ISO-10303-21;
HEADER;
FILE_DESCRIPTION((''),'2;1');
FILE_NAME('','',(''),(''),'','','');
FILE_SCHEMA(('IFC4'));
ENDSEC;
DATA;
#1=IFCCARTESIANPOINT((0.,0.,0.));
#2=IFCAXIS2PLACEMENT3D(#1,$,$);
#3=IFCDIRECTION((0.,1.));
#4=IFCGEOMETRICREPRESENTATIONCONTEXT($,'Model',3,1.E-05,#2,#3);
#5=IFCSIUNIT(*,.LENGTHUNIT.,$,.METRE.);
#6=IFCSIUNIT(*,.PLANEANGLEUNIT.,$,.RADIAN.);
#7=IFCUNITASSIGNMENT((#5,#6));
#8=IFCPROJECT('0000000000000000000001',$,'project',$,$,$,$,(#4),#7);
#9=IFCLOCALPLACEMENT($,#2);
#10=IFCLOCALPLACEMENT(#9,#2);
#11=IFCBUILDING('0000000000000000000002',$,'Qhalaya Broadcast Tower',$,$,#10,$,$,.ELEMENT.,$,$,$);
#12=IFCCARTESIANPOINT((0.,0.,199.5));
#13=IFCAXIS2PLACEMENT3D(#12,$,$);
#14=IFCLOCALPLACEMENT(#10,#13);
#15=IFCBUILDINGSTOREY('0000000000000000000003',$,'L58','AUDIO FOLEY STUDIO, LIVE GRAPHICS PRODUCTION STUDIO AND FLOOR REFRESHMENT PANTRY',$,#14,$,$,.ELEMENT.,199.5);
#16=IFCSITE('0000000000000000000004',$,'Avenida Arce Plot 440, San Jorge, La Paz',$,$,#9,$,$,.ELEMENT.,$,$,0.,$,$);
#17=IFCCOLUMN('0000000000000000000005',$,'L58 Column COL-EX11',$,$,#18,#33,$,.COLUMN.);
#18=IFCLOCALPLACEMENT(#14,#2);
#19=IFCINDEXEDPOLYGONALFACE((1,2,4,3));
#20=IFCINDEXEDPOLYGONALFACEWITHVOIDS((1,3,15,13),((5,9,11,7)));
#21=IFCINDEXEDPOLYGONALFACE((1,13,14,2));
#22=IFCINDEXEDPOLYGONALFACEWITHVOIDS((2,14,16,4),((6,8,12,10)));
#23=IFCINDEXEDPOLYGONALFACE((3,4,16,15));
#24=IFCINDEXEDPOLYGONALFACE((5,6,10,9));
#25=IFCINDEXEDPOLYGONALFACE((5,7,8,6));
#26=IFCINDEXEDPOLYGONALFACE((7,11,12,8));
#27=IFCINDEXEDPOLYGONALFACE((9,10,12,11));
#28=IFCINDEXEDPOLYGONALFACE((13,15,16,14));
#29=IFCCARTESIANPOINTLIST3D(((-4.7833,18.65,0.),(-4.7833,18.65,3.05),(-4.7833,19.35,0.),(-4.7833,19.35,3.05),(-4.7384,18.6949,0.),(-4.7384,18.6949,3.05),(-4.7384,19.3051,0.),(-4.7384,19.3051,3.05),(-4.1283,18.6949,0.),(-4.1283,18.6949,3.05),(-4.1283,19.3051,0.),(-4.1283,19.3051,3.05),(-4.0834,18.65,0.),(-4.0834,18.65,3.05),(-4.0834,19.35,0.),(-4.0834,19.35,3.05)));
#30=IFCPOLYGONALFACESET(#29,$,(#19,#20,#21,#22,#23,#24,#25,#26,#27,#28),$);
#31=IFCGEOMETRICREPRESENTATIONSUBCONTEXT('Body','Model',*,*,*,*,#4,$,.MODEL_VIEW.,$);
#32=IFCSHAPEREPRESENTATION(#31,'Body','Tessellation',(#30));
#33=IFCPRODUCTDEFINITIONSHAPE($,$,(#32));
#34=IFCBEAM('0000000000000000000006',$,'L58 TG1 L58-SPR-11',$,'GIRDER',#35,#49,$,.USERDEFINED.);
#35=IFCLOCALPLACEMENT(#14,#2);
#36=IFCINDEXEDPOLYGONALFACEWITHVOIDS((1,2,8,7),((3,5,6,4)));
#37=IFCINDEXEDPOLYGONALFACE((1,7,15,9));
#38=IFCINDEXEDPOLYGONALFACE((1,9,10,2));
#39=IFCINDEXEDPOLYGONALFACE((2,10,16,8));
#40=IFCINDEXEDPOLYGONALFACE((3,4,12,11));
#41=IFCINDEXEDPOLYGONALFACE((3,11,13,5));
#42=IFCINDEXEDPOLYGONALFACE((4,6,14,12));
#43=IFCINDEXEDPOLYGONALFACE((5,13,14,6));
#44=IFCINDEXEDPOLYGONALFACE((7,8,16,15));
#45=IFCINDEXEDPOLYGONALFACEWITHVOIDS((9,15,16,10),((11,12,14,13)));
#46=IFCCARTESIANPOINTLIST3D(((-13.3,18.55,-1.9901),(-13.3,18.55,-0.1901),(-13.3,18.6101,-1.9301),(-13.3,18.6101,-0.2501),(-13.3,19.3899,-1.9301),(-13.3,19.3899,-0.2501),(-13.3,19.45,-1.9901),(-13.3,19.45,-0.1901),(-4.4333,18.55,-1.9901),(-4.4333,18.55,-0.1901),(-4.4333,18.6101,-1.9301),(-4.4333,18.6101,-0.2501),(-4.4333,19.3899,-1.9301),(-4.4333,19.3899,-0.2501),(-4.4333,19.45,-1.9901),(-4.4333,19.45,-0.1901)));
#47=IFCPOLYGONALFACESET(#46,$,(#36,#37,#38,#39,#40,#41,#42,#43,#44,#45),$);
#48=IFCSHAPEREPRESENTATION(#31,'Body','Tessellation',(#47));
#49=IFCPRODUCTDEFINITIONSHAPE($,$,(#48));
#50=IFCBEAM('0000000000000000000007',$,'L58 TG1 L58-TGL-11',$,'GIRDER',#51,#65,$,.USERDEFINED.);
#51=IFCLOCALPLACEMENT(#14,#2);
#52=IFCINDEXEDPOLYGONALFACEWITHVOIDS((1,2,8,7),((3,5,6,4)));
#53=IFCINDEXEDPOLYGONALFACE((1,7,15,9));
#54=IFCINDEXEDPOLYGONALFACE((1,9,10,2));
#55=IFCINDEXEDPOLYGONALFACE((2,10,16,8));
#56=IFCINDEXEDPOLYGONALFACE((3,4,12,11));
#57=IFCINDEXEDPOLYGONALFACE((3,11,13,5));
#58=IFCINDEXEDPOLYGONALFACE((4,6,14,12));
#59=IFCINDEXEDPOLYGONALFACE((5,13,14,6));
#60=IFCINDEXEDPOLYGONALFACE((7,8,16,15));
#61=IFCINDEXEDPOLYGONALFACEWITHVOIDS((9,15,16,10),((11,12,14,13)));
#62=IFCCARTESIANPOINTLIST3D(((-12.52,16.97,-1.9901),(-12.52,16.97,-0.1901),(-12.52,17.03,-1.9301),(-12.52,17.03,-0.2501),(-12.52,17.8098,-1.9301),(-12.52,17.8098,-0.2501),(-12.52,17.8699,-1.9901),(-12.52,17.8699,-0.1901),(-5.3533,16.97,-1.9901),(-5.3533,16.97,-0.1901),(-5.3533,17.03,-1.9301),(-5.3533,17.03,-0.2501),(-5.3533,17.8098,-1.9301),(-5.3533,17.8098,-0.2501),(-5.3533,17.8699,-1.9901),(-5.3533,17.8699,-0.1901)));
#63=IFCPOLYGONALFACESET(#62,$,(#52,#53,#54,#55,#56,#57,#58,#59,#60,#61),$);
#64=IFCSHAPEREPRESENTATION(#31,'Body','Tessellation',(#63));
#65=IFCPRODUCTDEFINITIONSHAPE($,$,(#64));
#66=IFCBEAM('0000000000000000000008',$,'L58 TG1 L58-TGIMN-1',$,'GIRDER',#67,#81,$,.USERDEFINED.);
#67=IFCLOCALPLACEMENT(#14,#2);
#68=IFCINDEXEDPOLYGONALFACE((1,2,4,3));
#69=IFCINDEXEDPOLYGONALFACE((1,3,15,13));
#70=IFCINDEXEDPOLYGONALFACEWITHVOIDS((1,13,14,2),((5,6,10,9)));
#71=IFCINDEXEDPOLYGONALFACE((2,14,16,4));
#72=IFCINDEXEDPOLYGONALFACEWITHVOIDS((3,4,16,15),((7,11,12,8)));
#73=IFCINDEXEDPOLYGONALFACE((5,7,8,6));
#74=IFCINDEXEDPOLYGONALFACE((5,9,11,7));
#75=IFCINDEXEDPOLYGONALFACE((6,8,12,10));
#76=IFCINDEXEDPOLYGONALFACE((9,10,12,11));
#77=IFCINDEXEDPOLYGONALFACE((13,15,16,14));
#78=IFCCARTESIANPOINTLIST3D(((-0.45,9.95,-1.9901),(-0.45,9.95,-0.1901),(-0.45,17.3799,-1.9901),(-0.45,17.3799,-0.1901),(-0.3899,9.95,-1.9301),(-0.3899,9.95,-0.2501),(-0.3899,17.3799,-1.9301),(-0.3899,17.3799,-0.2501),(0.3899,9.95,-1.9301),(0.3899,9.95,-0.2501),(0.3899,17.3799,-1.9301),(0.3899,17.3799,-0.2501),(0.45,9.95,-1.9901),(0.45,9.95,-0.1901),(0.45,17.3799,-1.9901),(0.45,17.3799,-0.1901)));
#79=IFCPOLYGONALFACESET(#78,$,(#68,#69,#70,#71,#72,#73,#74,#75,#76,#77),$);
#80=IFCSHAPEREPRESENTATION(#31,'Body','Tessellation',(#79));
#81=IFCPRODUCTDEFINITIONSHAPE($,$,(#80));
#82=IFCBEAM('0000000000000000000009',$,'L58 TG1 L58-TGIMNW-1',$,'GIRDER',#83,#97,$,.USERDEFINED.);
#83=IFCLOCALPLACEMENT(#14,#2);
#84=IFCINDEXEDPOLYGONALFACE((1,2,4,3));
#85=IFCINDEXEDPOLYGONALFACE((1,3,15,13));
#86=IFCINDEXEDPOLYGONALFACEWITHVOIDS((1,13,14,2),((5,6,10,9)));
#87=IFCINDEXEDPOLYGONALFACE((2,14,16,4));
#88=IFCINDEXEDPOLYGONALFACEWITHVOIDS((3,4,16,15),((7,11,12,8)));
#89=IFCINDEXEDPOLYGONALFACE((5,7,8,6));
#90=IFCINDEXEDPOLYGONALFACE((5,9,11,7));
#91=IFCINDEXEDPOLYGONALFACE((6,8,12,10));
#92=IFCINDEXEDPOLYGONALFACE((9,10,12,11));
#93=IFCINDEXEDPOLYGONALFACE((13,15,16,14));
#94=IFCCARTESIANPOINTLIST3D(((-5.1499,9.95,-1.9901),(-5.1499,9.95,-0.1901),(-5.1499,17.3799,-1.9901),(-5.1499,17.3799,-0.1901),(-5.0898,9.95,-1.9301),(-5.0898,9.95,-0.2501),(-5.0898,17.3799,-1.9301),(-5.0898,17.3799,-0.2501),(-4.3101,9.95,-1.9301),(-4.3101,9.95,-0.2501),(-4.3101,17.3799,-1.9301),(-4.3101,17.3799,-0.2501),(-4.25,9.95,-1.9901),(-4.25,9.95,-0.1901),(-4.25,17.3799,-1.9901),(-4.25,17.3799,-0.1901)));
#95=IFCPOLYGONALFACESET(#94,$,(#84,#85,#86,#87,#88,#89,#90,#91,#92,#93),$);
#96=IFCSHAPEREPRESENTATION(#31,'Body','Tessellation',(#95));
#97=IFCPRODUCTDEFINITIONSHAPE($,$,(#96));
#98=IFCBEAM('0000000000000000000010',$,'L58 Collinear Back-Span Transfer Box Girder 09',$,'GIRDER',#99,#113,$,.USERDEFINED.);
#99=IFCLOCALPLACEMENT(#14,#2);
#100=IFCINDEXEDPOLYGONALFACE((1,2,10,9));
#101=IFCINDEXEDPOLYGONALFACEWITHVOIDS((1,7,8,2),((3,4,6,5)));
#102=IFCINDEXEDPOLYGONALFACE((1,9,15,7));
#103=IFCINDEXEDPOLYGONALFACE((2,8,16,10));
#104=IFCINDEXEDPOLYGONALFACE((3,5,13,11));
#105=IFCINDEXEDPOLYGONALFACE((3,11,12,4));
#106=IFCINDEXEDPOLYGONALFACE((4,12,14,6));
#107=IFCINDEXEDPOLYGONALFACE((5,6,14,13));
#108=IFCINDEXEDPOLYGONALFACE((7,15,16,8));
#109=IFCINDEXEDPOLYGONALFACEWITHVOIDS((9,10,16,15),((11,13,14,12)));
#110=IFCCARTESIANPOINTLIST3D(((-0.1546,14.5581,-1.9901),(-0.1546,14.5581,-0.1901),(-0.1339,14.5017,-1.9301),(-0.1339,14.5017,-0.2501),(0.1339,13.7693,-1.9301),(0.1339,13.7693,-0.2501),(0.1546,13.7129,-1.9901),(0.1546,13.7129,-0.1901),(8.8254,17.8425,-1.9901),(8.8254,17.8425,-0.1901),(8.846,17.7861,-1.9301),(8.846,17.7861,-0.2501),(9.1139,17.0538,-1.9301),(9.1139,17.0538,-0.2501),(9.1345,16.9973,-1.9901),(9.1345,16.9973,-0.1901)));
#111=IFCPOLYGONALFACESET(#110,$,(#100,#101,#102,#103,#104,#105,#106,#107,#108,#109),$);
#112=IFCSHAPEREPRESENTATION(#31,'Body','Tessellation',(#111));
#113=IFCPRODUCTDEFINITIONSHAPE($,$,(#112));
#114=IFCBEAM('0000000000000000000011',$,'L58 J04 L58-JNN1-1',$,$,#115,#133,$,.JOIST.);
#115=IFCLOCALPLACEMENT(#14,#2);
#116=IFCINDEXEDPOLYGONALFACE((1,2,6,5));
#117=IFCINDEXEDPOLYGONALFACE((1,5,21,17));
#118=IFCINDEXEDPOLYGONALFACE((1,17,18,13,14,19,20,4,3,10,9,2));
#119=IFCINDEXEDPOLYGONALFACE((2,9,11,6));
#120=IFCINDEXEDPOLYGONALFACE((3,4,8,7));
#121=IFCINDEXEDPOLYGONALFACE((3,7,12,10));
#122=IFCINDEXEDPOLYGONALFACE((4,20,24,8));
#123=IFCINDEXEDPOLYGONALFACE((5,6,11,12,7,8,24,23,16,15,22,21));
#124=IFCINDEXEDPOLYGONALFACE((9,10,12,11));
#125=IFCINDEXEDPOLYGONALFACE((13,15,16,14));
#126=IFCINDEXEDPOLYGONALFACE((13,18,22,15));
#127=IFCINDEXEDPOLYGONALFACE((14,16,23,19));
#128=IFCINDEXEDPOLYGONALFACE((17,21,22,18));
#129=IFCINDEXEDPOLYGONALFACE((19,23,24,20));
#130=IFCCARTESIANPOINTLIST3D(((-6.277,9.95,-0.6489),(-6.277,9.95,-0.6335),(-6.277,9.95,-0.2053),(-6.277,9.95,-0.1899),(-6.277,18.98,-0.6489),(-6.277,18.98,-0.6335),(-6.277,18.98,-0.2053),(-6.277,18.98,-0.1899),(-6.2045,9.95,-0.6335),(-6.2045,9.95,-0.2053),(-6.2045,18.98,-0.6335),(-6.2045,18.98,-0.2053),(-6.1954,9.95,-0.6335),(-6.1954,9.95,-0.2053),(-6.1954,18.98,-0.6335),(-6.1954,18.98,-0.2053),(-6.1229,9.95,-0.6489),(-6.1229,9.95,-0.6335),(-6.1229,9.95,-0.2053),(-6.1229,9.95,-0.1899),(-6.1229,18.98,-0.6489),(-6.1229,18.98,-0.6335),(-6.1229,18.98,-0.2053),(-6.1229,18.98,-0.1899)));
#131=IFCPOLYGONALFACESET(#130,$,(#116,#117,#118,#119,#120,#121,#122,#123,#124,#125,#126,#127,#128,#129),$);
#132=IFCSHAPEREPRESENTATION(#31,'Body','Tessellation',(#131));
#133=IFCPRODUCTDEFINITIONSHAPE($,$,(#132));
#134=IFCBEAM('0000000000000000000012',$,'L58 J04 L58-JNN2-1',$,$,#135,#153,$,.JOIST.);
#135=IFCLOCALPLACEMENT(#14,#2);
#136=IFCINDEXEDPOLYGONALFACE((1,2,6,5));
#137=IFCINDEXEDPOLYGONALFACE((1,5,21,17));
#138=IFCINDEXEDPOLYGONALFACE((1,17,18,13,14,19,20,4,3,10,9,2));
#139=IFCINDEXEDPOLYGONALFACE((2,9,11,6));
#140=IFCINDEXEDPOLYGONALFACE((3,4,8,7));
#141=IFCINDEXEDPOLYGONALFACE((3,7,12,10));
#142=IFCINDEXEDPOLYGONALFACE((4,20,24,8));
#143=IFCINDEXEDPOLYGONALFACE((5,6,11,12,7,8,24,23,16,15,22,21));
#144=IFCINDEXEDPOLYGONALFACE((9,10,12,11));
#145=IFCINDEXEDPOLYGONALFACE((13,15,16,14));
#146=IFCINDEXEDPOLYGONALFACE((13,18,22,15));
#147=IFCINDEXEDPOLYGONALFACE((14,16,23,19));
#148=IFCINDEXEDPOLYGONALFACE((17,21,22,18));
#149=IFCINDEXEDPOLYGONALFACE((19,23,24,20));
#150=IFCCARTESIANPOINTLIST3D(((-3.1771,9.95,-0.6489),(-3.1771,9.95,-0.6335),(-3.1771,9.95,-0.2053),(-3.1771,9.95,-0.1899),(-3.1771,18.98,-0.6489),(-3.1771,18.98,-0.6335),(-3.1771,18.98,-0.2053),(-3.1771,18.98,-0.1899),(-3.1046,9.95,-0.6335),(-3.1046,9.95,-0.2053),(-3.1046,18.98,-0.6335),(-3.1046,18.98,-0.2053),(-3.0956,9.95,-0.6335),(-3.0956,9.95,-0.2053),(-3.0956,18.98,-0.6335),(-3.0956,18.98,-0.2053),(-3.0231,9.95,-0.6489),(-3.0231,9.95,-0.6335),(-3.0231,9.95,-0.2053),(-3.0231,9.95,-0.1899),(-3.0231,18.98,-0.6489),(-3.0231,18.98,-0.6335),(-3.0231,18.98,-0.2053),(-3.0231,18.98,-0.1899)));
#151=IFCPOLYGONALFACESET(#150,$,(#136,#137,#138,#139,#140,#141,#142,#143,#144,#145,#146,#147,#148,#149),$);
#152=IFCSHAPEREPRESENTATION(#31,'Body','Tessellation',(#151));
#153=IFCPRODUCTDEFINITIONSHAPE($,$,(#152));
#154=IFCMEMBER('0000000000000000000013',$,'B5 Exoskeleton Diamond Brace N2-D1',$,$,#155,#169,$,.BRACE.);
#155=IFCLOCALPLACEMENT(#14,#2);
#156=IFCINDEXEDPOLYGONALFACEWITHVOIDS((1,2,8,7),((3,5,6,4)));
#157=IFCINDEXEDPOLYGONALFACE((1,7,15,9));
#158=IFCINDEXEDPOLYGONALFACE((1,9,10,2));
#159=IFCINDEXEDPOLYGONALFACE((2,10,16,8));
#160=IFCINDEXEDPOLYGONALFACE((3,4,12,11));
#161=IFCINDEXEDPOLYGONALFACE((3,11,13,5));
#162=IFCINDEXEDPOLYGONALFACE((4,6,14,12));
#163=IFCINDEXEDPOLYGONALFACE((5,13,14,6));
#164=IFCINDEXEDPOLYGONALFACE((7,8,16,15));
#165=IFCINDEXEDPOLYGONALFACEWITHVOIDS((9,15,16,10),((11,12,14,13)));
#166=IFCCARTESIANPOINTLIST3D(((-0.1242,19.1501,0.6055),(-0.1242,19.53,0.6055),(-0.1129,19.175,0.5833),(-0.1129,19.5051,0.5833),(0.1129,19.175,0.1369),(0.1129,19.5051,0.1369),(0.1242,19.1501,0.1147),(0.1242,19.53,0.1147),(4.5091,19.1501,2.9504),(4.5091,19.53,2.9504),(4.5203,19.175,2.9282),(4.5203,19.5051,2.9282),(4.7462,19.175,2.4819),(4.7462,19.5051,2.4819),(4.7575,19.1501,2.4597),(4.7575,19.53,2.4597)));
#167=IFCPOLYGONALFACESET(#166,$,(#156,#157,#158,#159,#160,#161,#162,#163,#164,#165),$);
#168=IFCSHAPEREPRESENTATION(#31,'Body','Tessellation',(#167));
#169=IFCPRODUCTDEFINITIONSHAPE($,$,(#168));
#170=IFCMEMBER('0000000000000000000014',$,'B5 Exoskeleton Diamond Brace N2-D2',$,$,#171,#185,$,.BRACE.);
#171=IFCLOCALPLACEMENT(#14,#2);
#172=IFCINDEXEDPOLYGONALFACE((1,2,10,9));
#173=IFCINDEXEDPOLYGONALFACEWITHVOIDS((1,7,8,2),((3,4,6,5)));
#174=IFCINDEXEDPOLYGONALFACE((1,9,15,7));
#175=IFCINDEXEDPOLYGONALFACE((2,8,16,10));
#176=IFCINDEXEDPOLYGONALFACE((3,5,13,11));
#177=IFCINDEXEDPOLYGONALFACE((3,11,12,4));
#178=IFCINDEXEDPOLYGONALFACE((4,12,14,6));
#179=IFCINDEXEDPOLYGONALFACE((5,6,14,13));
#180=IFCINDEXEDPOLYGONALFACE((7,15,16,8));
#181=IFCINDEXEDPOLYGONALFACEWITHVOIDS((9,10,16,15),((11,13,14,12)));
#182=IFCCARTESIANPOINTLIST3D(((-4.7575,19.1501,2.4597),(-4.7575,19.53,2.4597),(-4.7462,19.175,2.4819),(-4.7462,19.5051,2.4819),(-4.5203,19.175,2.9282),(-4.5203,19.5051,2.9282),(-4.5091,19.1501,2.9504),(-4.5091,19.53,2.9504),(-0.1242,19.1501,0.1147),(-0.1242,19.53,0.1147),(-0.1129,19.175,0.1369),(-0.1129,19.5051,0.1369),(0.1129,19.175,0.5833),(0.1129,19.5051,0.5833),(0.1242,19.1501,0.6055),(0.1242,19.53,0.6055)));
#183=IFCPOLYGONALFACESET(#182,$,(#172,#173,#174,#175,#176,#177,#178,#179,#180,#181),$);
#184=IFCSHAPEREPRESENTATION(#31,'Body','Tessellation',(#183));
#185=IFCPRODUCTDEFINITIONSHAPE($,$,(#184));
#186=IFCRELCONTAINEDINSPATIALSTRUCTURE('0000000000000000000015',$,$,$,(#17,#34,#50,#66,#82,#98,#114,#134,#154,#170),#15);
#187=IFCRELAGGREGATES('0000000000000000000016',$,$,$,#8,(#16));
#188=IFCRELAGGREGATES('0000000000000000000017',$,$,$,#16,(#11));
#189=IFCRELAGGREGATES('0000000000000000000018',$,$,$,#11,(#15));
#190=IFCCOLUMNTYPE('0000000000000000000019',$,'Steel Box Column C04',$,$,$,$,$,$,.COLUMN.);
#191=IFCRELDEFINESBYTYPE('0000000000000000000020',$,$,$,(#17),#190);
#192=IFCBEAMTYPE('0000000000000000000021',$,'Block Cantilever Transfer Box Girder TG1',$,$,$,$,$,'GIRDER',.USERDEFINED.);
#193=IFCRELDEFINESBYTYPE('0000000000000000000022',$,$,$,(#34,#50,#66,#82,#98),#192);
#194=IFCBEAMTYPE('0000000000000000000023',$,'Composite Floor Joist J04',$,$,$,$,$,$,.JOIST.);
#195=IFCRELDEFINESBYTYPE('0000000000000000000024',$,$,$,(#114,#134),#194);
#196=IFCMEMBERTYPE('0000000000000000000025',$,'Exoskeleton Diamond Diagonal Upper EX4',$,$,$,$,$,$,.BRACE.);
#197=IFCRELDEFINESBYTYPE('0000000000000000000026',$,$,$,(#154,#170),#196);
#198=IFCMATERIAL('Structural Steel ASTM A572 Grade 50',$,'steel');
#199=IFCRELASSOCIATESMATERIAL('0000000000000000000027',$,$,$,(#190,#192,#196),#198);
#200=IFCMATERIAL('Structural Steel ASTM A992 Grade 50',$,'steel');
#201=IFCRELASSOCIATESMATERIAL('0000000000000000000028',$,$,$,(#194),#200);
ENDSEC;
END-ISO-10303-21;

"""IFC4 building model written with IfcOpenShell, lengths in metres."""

from ifc_helpers import new_model, si_unit, direction, frame, origin, origin_2d, place, context, subcontext, project, spatial, hollow_rectangle, i_section, extrude, material, material_profile, profile_set, type_object, element, save


model = new_model("IFC4")

# Units and contexts
model_context = context("Model", 3, precision=1e-05, world=origin(), true_north=direction((0.0, 1.0)))
body_context = subcontext(model_context, "Body", "Model", "MODEL_VIEW")
ifc_project = project(units=[si_unit("LENGTHUNIT", "METRE"), si_unit("PLANEANGLEUNIT", "RADIAN")], contexts=[model_context])

# Site, building, storey
site_placement = place(None, origin())
site = spatial("IfcSite", under=ifc_project, at=site_placement, Name="Avenida Arce Plot 440, San Jorge, La Paz", CompositionType="ELEMENT", RefElevation=0.0)
building_placement = place(site_placement, origin())
building = spatial("IfcBuilding", under=site, at=building_placement, Name="Qhalaya Broadcast Tower", CompositionType="ELEMENT")
storey_placement = place(building_placement, frame((0.0, 0.0, 199.5)))
storey = spatial("IfcBuildingStorey", under=building, at=storey_placement, Name="L58", Description="AUDIO FOLEY STUDIO, LIVE GRAPHICS PRODUCTION STUDIO AND FLOOR REFRESHMENT PANTRY", CompositionType="ELEMENT", Elevation=199.5)

# Column
ifc_material_1 = material(Name="Structural Steel ASTM A572 Grade 50", Category="steel")
ifc_material_profile_1 = material_profile(ifc_material_1, hollow_rectangle(XDim=0.7, YDim=0.7, WallThickness=0.0449, at=origin_2d()), Name="BOX 700x700x45")
ifc_profile_set_1 = profile_set([ifc_material_profile_1], Name="Structural Steel ASTM A572 Grade 50")
column_type = type_object("IfcColumnType", Name="Steel Box Column C04", PredefinedType="COLUMN", material=ifc_profile_set_1)
column_placement = place(storey_placement, frame((-4.4333, 19.0, 0.0), z_axis=(0.0, 0.0, 1.0), x_axis=(1.0, 0.0, 0.0)))
element("IfcColumn", 1, at=column_placement, inside=storey, type_object=column_type, Name="L58 Column COL-EX11", PredefinedType="COLUMN", context=body_context, shape_type="SweptSolid", body=[
    extrude(hollow_rectangle(XDim=0.7, YDim=0.7, WallThickness=0.0449, at=origin_2d()), origin(), (0.0, 0.0, 1.0), 3.05),
])

# Beams
ifc_material_profile_2 = material_profile(ifc_material_1, hollow_rectangle(XDim=0.8999, YDim=1.8, WallThickness=0.0601, at=origin_2d()), Name="BOX 900x1800x60")
ifc_profile_set_2 = profile_set([ifc_material_profile_2], Name="Structural Steel ASTM A572 Grade 50")
beam_type_1 = type_object("IfcBeamType", Name="Block Cantilever Transfer Box Girder TG1", ElementType="GIRDER", PredefinedType="USERDEFINED", material=ifc_profile_set_2)
beam_1_placement = place(storey_placement, frame((-4.4333, 19.0, -1.0901), z_axis=(-1.0, 0.0, 0.0), x_axis=(0.0, -1.0, 0.0)))
element("IfcBeam", 2, at=beam_1_placement, inside=storey, type_object=beam_type_1, Name="L58 TG1 L58-SPR-11", ObjectType="GIRDER", PredefinedType="USERDEFINED", context=body_context, shape_type="SweptSolid", body=[
    extrude(hollow_rectangle(XDim=0.8999, YDim=1.8, WallThickness=0.0601, at=origin_2d()), origin(), (0.0, 0.0, 1.0), 8.8667),
])
beam_2_placement = place(storey_placement, frame((-5.3533, 17.4199, -1.0901), z_axis=(-1.0, 0.0, 0.0), x_axis=(0.0, -1.0, 0.0)))
element("IfcBeam", 3, at=beam_2_placement, inside=storey, type_object=beam_type_1, Name="L58 TG1 L58-TGL-11", ObjectType="GIRDER", PredefinedType="USERDEFINED", context=body_context, shape_type="SweptSolid", body=[
    extrude(hollow_rectangle(XDim=0.8999, YDim=1.8, WallThickness=0.0601, at=origin_2d()), origin(), (0.0, 0.0, 1.0), 7.1667),
])
for number, where, z_axis, x_axis, name in (
    (4, (0.0, 9.95, -1.0901), (0.0, 1.0, 0.0), (-1.0, 0.0, 0.0), "L58 TG1 L58-TGIMN-1"),
    (5, (-4.7, 9.95, -1.0901), (0.0, 1.0, 0.0), (-1.0, 0.0, 0.0), "L58 TG1 L58-TGIMNW-1"),
):
    element("IfcBeam", number, at=place(storey_placement, frame(where, z_axis=z_axis, x_axis=x_axis)), inside=storey, type_object=beam_type_1, Name=name, ObjectType="GIRDER", PredefinedType="USERDEFINED", context=body_context, shape_type="SweptSolid", body=[
        extrude(hollow_rectangle(XDim=0.8999, YDim=1.8, WallThickness=0.0601, at=origin_2d()), origin(), (0.0, 0.0, 1.0), 7.4299),
    ])
beam_3_placement = place(storey_placement, frame((0.0, 14.1355, -1.0901), z_axis=(0.939154, 0.343495, 0.0), x_axis=(-0.343495, 0.939154, 0.0)))
element("IfcBeam", 6, at=beam_3_placement, inside=storey, type_object=beam_type_1, Name="L58 Collinear Back-Span Transfer Box Girder 09", ObjectType="GIRDER", PredefinedType="USERDEFINED", context=body_context, shape_type="SweptSolid", body=[
    extrude(hollow_rectangle(XDim=0.8999, YDim=1.8, WallThickness=0.0601, at=origin_2d()), origin(), (0.0, 0.0, 1.0), 9.5618),
])
ifc_material_2 = material(Name="Structural Steel ASTM A992 Grade 50", Category="steel")
ifc_material_profile_3 = material_profile(ifc_material_2, i_section(OverallWidth=0.1541, OverallDepth=0.459, WebThickness=0.009, FlangeThickness=0.0154, at=origin_2d()), Name="W18X46")
ifc_profile_set_3 = profile_set([ifc_material_profile_3], Name="Structural Steel ASTM A992 Grade 50")
beam_type_2 = type_object("IfcBeamType", Name="Composite Floor Joist J04", PredefinedType="JOIST", material=ifc_profile_set_3)
for number, where, z_axis, x_axis, name in (
    (7, (-6.2, 9.95, -0.4194), (0.0, 1.0, 0.0), (-1.0, 0.0, 0.0), "L58 J04 L58-JNN1-1"),
    (8, (-3.1001, 9.95, -0.4194), (0.0, 1.0, 0.0), (-1.0, 0.0, 0.0), "L58 J04 L58-JNN2-1"),
):
    element("IfcBeam", number, at=place(storey_placement, frame(where, z_axis=z_axis, x_axis=x_axis)), inside=storey, type_object=beam_type_2, Name=name, PredefinedType="JOIST", context=body_context, shape_type="SweptSolid", body=[
        extrude(i_section(OverallWidth=0.1541, OverallDepth=0.459, WebThickness=0.009, FlangeThickness=0.0154, at=origin_2d()), origin(), (0.0, 0.0, 1.0), 9.03),
    ])

# Members
ifc_material_profile_4 = material_profile(ifc_material_1, hollow_rectangle(XDim=0.3799, YDim=0.55, WallThickness=0.0249, at=origin_2d()), Name="BOX 380x550x25")
ifc_profile_set_4 = profile_set([ifc_material_profile_4], Name="Structural Steel ASTM A572 Grade 50")
member_type = type_object("IfcMemberType", Name="Exoskeleton Diamond Diagonal Upper EX4", PredefinedType="BRACE", material=ifc_profile_set_4)
for number, where, z_axis, x_axis, name in (
    (9, (0.0, 19.3401, 0.3601), (0.892235, 0.0, 0.451571), (0.0, 1.0, 0.0), "B5 Exoskeleton Diamond Brace N2-D1"),
    (10, (0.0, 19.3401, 0.3601), (-0.892235, 0.0, 0.451571), (0.0, -1.0, 0.0), "B5 Exoskeleton Diamond Brace N2-D2"),
):
    element("IfcMember", number, at=place(storey_placement, frame(where, z_axis=z_axis, x_axis=x_axis)), inside=storey, type_object=member_type, Name=name, PredefinedType="BRACE", context=body_context, shape_type="SweptSolid", body=[
        extrude(hollow_rectangle(XDim=0.3799, YDim=0.55, WallThickness=0.0249, at=origin_2d()), origin(), (0.0, 0.0, 1.0), 5.1929),
    ])

save(model, "model.ifc")
